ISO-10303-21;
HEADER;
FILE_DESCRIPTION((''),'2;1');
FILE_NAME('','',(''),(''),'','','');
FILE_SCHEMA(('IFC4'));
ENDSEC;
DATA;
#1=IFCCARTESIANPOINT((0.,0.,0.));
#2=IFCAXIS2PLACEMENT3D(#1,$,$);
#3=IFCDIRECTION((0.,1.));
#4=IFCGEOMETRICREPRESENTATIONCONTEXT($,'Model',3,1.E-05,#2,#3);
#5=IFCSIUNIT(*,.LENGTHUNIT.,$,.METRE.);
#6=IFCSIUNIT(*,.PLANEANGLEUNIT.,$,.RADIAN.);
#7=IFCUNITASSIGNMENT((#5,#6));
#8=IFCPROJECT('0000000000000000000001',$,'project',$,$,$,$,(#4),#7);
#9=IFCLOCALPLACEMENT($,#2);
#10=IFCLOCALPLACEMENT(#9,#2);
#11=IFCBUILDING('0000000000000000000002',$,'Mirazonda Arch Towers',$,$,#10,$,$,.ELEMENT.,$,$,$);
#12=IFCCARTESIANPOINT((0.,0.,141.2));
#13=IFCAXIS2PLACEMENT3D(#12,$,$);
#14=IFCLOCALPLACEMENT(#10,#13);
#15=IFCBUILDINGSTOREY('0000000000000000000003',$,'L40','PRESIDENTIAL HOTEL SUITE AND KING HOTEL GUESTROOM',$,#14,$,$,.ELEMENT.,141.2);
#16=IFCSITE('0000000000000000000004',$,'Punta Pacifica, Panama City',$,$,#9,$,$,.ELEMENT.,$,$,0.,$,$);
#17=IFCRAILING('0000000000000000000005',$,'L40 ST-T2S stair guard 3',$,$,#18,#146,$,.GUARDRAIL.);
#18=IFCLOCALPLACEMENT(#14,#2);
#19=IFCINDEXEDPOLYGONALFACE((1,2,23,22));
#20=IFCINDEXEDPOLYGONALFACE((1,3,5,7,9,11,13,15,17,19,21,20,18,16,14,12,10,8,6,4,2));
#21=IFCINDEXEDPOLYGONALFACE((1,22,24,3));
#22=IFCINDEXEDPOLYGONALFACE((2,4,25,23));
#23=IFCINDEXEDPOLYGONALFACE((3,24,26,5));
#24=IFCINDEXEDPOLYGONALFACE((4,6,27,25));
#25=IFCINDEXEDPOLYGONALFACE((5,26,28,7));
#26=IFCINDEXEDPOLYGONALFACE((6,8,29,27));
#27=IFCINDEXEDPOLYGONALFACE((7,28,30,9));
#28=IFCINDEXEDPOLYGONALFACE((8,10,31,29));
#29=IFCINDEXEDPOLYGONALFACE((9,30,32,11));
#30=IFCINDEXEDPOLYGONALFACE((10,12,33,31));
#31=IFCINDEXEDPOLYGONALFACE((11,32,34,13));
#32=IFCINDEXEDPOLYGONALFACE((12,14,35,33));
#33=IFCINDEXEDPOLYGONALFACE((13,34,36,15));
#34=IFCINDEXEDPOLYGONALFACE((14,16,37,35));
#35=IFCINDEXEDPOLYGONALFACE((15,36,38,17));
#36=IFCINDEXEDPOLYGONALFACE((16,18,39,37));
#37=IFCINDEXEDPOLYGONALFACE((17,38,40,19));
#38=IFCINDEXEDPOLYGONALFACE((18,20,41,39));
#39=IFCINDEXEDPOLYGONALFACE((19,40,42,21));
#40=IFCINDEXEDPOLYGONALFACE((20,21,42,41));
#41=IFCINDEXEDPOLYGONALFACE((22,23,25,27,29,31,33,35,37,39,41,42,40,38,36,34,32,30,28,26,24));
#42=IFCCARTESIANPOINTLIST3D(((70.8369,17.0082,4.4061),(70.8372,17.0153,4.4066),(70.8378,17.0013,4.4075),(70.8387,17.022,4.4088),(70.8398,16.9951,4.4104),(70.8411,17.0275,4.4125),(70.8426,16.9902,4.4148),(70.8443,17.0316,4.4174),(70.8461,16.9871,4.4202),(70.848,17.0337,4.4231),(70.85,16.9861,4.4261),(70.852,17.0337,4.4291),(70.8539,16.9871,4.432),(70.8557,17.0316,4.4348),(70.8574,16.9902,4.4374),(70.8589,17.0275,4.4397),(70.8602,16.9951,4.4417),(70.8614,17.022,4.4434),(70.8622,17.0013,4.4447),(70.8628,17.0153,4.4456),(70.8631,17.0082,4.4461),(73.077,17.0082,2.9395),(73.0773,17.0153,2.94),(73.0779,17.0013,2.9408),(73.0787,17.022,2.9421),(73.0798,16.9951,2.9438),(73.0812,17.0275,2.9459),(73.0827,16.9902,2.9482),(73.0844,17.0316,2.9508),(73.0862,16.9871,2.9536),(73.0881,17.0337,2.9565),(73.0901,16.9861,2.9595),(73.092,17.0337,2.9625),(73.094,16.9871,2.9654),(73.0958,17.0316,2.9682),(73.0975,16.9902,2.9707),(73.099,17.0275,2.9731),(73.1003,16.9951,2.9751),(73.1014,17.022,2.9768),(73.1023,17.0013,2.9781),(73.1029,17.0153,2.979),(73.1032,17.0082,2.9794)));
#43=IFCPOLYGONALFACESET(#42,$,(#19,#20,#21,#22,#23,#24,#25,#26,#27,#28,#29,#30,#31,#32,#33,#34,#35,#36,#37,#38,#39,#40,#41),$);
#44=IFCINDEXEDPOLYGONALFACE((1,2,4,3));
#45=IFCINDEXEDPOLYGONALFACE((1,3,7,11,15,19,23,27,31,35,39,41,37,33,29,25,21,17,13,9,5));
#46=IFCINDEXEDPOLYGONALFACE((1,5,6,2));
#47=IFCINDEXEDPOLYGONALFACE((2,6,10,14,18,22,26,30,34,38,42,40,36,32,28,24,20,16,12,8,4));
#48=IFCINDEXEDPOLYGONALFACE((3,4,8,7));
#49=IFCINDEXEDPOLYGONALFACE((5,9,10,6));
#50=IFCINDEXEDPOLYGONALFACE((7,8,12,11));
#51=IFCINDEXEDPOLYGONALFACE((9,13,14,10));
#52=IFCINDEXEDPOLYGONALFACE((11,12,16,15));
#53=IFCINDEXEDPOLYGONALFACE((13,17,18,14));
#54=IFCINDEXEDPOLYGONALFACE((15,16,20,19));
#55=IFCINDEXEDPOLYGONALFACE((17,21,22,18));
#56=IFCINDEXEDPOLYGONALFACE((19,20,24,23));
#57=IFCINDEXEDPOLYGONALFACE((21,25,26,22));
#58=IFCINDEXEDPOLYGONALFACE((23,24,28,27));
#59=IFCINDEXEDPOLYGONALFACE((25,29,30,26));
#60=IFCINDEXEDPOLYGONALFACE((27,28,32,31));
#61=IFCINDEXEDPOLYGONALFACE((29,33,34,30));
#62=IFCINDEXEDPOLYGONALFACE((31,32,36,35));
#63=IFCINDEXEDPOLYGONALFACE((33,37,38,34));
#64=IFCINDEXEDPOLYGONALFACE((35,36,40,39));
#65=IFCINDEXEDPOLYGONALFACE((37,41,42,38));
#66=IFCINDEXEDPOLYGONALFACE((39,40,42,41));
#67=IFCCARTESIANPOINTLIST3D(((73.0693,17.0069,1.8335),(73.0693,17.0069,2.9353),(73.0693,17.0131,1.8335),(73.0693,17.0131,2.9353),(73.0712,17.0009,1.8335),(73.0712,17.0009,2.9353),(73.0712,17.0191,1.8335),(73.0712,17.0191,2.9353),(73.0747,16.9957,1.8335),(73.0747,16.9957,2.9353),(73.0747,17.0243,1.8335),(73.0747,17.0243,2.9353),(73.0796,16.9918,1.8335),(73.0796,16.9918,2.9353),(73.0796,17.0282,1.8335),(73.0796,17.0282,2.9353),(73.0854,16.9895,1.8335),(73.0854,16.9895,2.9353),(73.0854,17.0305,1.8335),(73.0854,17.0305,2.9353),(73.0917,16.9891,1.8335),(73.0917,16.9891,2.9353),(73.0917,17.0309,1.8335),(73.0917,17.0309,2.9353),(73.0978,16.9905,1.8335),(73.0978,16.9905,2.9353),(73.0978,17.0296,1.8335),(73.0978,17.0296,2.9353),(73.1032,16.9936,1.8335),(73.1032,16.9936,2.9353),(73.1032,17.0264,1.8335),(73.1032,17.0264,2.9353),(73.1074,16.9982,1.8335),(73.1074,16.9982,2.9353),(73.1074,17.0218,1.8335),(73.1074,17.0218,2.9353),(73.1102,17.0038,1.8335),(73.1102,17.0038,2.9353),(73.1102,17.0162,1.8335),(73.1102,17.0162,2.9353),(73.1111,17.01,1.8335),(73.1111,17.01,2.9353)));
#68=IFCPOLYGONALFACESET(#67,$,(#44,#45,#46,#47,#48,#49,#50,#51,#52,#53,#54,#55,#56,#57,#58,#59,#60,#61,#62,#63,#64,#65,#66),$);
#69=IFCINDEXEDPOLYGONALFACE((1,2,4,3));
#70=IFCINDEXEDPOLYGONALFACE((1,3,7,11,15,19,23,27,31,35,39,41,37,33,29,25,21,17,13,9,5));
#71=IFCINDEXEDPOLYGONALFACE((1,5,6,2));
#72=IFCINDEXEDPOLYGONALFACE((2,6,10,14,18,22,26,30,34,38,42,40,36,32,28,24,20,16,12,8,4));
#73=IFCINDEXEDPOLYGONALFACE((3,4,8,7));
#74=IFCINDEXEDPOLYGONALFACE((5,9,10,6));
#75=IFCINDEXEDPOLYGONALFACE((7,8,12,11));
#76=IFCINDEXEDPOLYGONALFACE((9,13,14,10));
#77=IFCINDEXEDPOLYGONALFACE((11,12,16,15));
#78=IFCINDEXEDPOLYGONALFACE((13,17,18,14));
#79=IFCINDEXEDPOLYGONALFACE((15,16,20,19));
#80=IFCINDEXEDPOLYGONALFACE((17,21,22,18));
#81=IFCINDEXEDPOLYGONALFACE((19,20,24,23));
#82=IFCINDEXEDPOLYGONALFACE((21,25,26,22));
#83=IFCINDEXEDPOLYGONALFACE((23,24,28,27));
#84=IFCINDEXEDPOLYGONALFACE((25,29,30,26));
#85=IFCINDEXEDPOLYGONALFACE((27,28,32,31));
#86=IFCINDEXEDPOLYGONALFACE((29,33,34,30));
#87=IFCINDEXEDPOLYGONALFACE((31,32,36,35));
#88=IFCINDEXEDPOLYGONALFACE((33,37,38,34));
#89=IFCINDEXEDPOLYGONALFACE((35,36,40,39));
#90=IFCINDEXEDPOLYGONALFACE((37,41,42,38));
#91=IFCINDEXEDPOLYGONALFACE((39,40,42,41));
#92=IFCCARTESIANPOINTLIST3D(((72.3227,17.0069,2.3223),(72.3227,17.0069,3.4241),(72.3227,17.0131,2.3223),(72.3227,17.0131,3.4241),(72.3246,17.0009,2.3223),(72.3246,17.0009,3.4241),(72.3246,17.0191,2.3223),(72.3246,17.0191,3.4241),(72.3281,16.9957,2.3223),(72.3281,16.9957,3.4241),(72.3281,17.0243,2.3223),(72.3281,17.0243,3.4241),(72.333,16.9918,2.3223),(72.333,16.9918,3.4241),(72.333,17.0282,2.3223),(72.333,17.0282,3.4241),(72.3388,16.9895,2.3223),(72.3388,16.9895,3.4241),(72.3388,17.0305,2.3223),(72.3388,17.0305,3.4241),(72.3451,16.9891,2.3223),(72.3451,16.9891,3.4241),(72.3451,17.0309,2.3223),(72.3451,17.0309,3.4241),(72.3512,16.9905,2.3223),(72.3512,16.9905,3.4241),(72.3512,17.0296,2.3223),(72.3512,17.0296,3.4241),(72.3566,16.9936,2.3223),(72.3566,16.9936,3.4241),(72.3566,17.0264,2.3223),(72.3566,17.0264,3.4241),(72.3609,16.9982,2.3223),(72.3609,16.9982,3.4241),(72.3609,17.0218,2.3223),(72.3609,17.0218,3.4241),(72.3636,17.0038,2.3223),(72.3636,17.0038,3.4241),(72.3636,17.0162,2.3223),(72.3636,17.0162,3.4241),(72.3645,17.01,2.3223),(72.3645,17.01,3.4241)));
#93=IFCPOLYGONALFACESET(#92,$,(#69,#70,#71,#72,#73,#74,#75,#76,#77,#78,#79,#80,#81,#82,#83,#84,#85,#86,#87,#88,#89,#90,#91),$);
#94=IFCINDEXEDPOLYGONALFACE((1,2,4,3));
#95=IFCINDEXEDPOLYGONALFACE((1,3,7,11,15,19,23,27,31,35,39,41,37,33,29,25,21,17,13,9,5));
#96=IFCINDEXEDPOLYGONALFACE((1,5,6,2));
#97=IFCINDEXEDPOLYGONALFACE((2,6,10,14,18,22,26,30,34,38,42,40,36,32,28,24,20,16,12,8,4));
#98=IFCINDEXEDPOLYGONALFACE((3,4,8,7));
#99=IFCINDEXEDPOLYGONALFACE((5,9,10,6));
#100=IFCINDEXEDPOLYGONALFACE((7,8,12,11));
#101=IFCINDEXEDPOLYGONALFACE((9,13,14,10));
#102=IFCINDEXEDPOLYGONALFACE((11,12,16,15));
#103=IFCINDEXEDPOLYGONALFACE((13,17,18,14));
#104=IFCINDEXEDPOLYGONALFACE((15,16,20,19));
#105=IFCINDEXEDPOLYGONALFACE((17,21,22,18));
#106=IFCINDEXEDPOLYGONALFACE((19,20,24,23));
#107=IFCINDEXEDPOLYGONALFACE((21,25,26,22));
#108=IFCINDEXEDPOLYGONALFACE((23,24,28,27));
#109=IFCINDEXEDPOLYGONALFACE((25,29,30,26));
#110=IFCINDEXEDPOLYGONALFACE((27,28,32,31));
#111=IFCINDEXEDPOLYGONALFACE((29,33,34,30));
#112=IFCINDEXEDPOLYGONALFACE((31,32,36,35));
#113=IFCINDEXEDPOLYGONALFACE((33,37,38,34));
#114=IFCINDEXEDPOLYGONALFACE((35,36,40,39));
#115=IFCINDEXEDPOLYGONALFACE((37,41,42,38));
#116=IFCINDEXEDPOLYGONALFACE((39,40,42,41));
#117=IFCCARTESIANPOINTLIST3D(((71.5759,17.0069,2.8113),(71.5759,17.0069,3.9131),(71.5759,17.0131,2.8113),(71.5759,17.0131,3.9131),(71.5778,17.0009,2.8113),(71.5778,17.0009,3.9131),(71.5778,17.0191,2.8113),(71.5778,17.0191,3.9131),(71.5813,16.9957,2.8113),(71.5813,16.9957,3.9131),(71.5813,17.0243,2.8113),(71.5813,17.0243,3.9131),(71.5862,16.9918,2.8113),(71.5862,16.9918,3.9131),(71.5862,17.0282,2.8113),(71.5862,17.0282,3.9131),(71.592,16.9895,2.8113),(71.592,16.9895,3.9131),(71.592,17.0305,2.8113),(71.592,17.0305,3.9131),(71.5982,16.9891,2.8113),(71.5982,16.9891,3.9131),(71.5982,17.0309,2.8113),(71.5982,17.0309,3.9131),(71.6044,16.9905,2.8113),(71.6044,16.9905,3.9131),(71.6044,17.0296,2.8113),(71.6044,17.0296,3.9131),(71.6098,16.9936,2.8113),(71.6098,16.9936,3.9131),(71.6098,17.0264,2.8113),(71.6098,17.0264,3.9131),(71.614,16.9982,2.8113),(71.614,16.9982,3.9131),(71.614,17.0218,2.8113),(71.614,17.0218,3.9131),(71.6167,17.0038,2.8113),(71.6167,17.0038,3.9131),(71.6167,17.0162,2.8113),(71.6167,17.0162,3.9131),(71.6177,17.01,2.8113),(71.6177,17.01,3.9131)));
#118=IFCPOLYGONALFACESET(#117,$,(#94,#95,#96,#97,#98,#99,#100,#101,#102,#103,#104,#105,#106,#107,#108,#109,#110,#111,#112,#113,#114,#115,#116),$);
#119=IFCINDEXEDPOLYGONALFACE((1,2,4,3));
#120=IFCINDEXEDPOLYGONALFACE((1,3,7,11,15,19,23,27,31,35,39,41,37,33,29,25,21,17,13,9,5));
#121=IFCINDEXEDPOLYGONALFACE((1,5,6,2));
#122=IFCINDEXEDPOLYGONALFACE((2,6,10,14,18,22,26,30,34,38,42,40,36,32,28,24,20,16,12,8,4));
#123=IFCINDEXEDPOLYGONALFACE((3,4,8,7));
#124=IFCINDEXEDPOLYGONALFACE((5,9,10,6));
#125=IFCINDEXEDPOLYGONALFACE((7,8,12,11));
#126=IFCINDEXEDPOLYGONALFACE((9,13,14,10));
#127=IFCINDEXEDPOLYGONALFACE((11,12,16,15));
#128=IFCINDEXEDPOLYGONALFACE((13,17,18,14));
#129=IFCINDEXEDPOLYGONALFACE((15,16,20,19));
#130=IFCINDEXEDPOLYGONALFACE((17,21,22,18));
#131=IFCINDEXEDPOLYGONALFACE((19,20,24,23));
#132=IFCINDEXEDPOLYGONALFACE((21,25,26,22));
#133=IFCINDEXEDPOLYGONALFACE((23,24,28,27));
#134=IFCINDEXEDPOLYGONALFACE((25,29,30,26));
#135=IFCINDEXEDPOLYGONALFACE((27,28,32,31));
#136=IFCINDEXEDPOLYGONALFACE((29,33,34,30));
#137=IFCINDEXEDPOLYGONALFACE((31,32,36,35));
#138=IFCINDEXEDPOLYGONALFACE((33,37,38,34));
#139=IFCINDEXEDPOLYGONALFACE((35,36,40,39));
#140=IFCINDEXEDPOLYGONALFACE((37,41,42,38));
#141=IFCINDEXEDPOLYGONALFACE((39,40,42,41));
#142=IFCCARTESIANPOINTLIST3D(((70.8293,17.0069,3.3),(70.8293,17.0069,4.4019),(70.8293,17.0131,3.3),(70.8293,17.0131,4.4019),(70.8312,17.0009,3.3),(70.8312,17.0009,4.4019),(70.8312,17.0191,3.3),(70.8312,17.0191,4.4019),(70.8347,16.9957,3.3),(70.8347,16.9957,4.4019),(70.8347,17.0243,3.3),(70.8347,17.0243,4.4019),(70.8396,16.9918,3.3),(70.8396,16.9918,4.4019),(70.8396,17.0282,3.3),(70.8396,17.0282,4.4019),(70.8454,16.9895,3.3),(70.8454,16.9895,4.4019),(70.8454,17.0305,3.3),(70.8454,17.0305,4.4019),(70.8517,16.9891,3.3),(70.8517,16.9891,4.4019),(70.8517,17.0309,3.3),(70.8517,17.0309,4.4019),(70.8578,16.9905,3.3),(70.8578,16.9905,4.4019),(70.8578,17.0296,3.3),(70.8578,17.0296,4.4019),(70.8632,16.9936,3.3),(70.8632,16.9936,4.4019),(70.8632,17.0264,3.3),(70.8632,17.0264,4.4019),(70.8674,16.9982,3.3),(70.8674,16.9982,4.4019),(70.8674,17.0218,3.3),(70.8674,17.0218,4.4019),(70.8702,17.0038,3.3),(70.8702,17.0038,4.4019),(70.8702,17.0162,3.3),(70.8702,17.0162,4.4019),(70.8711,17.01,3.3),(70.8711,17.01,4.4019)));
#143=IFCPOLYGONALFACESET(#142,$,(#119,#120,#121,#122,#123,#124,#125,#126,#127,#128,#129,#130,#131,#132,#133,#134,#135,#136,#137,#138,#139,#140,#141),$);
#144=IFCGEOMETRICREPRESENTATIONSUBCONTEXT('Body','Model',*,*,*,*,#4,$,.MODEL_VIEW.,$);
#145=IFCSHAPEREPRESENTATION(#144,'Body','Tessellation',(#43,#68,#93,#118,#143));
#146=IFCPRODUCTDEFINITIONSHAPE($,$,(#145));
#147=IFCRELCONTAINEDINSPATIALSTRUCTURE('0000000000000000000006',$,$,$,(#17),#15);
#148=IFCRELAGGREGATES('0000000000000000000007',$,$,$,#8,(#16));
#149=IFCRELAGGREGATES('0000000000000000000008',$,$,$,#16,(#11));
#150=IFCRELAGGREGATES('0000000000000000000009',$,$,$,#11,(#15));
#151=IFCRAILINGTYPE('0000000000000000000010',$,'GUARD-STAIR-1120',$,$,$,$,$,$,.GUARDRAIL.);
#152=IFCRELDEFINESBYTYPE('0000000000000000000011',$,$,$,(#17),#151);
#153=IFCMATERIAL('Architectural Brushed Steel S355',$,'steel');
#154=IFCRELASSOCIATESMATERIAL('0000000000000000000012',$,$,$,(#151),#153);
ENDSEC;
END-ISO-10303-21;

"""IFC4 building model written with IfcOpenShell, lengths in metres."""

from ifc_helpers import new_model, si_unit, direction, frame, origin, origin_2d, place, context, subcontext, project, spatial, circle, extrude, material, type_object, element, save


model = new_model("IFC4")

# Units and contexts
model_context = context("Model", 3, precision=1e-05, world=origin(), true_north=direction((0.0, 1.0)))
body_context = subcontext(model_context, "Body", "Model", "MODEL_VIEW")
ifc_project = project(units=[si_unit("LENGTHUNIT", "METRE"), si_unit("PLANEANGLEUNIT", "RADIAN")], contexts=[model_context])

# Site, building, storey
site_placement = place(None, origin())
site = spatial("IfcSite", under=ifc_project, at=site_placement, Name="Punta Pacifica, Panama City", CompositionType="ELEMENT", RefElevation=0.0)
building_placement = place(site_placement, origin())
building = spatial("IfcBuilding", under=site, at=building_placement, Name="Mirazonda Arch Towers", CompositionType="ELEMENT")
storey_placement = place(building_placement, frame((0.0, 0.0, 141.2)))
storey = spatial("IfcBuildingStorey", under=building, at=storey_placement, Name="L40", Description="PRESIDENTIAL HOTEL SUITE AND KING HOTEL GUESTROOM", CompositionType="ELEMENT", Elevation=141.2)

# Railing
ifc_material_1 = material(Name="Architectural Brushed Steel S355", Category="steel")
railing_type_1 = type_object("IfcRailingType", Name="GUARD-STAIR-1120", PredefinedType="GUARDRAIL", material=ifc_material_1)
railing_1_placement = place(storey_placement, frame((73.0901, 17.01, 1.8335)))
element("IfcRailing", 1, at=railing_1_placement, inside=storey, type_object=railing_type_1, Name="L40 ST-T2S stair guard 3", PredefinedType="GUARDRAIL", context=body_context, shape_type="SweptSolid", body=[
    extrude(circle(Radius=0.0239, at=origin_2d()), frame((0.0, 0.0, 1.126), z_axis=(-0.836637, 0.0, 0.547758), x_axis=(0.0, -1.0, 0.0)), (0.0, 0.0, 1.0), 2.6775),
    extrude(circle(Radius=0.021, at=origin_2d()), origin(), (0.0, 0.0, 1.0), 1.1018),
    extrude(circle(Radius=0.021, at=origin_2d()), frame((-0.7466, 0.0, 0.4888)), (0.0, 0.0, 1.0), 1.1018),
    extrude(circle(Radius=0.021, at=origin_2d()), frame((-1.4934, 0.0, 0.9778)), (0.0, 0.0, 1.0), 1.1018),
    extrude(circle(Radius=0.021, at=origin_2d()), frame((-2.24, 0.0, 1.4666)), (0.0, 0.0, 1.0), 1.1018),
])

save(model, "model.ifc")
